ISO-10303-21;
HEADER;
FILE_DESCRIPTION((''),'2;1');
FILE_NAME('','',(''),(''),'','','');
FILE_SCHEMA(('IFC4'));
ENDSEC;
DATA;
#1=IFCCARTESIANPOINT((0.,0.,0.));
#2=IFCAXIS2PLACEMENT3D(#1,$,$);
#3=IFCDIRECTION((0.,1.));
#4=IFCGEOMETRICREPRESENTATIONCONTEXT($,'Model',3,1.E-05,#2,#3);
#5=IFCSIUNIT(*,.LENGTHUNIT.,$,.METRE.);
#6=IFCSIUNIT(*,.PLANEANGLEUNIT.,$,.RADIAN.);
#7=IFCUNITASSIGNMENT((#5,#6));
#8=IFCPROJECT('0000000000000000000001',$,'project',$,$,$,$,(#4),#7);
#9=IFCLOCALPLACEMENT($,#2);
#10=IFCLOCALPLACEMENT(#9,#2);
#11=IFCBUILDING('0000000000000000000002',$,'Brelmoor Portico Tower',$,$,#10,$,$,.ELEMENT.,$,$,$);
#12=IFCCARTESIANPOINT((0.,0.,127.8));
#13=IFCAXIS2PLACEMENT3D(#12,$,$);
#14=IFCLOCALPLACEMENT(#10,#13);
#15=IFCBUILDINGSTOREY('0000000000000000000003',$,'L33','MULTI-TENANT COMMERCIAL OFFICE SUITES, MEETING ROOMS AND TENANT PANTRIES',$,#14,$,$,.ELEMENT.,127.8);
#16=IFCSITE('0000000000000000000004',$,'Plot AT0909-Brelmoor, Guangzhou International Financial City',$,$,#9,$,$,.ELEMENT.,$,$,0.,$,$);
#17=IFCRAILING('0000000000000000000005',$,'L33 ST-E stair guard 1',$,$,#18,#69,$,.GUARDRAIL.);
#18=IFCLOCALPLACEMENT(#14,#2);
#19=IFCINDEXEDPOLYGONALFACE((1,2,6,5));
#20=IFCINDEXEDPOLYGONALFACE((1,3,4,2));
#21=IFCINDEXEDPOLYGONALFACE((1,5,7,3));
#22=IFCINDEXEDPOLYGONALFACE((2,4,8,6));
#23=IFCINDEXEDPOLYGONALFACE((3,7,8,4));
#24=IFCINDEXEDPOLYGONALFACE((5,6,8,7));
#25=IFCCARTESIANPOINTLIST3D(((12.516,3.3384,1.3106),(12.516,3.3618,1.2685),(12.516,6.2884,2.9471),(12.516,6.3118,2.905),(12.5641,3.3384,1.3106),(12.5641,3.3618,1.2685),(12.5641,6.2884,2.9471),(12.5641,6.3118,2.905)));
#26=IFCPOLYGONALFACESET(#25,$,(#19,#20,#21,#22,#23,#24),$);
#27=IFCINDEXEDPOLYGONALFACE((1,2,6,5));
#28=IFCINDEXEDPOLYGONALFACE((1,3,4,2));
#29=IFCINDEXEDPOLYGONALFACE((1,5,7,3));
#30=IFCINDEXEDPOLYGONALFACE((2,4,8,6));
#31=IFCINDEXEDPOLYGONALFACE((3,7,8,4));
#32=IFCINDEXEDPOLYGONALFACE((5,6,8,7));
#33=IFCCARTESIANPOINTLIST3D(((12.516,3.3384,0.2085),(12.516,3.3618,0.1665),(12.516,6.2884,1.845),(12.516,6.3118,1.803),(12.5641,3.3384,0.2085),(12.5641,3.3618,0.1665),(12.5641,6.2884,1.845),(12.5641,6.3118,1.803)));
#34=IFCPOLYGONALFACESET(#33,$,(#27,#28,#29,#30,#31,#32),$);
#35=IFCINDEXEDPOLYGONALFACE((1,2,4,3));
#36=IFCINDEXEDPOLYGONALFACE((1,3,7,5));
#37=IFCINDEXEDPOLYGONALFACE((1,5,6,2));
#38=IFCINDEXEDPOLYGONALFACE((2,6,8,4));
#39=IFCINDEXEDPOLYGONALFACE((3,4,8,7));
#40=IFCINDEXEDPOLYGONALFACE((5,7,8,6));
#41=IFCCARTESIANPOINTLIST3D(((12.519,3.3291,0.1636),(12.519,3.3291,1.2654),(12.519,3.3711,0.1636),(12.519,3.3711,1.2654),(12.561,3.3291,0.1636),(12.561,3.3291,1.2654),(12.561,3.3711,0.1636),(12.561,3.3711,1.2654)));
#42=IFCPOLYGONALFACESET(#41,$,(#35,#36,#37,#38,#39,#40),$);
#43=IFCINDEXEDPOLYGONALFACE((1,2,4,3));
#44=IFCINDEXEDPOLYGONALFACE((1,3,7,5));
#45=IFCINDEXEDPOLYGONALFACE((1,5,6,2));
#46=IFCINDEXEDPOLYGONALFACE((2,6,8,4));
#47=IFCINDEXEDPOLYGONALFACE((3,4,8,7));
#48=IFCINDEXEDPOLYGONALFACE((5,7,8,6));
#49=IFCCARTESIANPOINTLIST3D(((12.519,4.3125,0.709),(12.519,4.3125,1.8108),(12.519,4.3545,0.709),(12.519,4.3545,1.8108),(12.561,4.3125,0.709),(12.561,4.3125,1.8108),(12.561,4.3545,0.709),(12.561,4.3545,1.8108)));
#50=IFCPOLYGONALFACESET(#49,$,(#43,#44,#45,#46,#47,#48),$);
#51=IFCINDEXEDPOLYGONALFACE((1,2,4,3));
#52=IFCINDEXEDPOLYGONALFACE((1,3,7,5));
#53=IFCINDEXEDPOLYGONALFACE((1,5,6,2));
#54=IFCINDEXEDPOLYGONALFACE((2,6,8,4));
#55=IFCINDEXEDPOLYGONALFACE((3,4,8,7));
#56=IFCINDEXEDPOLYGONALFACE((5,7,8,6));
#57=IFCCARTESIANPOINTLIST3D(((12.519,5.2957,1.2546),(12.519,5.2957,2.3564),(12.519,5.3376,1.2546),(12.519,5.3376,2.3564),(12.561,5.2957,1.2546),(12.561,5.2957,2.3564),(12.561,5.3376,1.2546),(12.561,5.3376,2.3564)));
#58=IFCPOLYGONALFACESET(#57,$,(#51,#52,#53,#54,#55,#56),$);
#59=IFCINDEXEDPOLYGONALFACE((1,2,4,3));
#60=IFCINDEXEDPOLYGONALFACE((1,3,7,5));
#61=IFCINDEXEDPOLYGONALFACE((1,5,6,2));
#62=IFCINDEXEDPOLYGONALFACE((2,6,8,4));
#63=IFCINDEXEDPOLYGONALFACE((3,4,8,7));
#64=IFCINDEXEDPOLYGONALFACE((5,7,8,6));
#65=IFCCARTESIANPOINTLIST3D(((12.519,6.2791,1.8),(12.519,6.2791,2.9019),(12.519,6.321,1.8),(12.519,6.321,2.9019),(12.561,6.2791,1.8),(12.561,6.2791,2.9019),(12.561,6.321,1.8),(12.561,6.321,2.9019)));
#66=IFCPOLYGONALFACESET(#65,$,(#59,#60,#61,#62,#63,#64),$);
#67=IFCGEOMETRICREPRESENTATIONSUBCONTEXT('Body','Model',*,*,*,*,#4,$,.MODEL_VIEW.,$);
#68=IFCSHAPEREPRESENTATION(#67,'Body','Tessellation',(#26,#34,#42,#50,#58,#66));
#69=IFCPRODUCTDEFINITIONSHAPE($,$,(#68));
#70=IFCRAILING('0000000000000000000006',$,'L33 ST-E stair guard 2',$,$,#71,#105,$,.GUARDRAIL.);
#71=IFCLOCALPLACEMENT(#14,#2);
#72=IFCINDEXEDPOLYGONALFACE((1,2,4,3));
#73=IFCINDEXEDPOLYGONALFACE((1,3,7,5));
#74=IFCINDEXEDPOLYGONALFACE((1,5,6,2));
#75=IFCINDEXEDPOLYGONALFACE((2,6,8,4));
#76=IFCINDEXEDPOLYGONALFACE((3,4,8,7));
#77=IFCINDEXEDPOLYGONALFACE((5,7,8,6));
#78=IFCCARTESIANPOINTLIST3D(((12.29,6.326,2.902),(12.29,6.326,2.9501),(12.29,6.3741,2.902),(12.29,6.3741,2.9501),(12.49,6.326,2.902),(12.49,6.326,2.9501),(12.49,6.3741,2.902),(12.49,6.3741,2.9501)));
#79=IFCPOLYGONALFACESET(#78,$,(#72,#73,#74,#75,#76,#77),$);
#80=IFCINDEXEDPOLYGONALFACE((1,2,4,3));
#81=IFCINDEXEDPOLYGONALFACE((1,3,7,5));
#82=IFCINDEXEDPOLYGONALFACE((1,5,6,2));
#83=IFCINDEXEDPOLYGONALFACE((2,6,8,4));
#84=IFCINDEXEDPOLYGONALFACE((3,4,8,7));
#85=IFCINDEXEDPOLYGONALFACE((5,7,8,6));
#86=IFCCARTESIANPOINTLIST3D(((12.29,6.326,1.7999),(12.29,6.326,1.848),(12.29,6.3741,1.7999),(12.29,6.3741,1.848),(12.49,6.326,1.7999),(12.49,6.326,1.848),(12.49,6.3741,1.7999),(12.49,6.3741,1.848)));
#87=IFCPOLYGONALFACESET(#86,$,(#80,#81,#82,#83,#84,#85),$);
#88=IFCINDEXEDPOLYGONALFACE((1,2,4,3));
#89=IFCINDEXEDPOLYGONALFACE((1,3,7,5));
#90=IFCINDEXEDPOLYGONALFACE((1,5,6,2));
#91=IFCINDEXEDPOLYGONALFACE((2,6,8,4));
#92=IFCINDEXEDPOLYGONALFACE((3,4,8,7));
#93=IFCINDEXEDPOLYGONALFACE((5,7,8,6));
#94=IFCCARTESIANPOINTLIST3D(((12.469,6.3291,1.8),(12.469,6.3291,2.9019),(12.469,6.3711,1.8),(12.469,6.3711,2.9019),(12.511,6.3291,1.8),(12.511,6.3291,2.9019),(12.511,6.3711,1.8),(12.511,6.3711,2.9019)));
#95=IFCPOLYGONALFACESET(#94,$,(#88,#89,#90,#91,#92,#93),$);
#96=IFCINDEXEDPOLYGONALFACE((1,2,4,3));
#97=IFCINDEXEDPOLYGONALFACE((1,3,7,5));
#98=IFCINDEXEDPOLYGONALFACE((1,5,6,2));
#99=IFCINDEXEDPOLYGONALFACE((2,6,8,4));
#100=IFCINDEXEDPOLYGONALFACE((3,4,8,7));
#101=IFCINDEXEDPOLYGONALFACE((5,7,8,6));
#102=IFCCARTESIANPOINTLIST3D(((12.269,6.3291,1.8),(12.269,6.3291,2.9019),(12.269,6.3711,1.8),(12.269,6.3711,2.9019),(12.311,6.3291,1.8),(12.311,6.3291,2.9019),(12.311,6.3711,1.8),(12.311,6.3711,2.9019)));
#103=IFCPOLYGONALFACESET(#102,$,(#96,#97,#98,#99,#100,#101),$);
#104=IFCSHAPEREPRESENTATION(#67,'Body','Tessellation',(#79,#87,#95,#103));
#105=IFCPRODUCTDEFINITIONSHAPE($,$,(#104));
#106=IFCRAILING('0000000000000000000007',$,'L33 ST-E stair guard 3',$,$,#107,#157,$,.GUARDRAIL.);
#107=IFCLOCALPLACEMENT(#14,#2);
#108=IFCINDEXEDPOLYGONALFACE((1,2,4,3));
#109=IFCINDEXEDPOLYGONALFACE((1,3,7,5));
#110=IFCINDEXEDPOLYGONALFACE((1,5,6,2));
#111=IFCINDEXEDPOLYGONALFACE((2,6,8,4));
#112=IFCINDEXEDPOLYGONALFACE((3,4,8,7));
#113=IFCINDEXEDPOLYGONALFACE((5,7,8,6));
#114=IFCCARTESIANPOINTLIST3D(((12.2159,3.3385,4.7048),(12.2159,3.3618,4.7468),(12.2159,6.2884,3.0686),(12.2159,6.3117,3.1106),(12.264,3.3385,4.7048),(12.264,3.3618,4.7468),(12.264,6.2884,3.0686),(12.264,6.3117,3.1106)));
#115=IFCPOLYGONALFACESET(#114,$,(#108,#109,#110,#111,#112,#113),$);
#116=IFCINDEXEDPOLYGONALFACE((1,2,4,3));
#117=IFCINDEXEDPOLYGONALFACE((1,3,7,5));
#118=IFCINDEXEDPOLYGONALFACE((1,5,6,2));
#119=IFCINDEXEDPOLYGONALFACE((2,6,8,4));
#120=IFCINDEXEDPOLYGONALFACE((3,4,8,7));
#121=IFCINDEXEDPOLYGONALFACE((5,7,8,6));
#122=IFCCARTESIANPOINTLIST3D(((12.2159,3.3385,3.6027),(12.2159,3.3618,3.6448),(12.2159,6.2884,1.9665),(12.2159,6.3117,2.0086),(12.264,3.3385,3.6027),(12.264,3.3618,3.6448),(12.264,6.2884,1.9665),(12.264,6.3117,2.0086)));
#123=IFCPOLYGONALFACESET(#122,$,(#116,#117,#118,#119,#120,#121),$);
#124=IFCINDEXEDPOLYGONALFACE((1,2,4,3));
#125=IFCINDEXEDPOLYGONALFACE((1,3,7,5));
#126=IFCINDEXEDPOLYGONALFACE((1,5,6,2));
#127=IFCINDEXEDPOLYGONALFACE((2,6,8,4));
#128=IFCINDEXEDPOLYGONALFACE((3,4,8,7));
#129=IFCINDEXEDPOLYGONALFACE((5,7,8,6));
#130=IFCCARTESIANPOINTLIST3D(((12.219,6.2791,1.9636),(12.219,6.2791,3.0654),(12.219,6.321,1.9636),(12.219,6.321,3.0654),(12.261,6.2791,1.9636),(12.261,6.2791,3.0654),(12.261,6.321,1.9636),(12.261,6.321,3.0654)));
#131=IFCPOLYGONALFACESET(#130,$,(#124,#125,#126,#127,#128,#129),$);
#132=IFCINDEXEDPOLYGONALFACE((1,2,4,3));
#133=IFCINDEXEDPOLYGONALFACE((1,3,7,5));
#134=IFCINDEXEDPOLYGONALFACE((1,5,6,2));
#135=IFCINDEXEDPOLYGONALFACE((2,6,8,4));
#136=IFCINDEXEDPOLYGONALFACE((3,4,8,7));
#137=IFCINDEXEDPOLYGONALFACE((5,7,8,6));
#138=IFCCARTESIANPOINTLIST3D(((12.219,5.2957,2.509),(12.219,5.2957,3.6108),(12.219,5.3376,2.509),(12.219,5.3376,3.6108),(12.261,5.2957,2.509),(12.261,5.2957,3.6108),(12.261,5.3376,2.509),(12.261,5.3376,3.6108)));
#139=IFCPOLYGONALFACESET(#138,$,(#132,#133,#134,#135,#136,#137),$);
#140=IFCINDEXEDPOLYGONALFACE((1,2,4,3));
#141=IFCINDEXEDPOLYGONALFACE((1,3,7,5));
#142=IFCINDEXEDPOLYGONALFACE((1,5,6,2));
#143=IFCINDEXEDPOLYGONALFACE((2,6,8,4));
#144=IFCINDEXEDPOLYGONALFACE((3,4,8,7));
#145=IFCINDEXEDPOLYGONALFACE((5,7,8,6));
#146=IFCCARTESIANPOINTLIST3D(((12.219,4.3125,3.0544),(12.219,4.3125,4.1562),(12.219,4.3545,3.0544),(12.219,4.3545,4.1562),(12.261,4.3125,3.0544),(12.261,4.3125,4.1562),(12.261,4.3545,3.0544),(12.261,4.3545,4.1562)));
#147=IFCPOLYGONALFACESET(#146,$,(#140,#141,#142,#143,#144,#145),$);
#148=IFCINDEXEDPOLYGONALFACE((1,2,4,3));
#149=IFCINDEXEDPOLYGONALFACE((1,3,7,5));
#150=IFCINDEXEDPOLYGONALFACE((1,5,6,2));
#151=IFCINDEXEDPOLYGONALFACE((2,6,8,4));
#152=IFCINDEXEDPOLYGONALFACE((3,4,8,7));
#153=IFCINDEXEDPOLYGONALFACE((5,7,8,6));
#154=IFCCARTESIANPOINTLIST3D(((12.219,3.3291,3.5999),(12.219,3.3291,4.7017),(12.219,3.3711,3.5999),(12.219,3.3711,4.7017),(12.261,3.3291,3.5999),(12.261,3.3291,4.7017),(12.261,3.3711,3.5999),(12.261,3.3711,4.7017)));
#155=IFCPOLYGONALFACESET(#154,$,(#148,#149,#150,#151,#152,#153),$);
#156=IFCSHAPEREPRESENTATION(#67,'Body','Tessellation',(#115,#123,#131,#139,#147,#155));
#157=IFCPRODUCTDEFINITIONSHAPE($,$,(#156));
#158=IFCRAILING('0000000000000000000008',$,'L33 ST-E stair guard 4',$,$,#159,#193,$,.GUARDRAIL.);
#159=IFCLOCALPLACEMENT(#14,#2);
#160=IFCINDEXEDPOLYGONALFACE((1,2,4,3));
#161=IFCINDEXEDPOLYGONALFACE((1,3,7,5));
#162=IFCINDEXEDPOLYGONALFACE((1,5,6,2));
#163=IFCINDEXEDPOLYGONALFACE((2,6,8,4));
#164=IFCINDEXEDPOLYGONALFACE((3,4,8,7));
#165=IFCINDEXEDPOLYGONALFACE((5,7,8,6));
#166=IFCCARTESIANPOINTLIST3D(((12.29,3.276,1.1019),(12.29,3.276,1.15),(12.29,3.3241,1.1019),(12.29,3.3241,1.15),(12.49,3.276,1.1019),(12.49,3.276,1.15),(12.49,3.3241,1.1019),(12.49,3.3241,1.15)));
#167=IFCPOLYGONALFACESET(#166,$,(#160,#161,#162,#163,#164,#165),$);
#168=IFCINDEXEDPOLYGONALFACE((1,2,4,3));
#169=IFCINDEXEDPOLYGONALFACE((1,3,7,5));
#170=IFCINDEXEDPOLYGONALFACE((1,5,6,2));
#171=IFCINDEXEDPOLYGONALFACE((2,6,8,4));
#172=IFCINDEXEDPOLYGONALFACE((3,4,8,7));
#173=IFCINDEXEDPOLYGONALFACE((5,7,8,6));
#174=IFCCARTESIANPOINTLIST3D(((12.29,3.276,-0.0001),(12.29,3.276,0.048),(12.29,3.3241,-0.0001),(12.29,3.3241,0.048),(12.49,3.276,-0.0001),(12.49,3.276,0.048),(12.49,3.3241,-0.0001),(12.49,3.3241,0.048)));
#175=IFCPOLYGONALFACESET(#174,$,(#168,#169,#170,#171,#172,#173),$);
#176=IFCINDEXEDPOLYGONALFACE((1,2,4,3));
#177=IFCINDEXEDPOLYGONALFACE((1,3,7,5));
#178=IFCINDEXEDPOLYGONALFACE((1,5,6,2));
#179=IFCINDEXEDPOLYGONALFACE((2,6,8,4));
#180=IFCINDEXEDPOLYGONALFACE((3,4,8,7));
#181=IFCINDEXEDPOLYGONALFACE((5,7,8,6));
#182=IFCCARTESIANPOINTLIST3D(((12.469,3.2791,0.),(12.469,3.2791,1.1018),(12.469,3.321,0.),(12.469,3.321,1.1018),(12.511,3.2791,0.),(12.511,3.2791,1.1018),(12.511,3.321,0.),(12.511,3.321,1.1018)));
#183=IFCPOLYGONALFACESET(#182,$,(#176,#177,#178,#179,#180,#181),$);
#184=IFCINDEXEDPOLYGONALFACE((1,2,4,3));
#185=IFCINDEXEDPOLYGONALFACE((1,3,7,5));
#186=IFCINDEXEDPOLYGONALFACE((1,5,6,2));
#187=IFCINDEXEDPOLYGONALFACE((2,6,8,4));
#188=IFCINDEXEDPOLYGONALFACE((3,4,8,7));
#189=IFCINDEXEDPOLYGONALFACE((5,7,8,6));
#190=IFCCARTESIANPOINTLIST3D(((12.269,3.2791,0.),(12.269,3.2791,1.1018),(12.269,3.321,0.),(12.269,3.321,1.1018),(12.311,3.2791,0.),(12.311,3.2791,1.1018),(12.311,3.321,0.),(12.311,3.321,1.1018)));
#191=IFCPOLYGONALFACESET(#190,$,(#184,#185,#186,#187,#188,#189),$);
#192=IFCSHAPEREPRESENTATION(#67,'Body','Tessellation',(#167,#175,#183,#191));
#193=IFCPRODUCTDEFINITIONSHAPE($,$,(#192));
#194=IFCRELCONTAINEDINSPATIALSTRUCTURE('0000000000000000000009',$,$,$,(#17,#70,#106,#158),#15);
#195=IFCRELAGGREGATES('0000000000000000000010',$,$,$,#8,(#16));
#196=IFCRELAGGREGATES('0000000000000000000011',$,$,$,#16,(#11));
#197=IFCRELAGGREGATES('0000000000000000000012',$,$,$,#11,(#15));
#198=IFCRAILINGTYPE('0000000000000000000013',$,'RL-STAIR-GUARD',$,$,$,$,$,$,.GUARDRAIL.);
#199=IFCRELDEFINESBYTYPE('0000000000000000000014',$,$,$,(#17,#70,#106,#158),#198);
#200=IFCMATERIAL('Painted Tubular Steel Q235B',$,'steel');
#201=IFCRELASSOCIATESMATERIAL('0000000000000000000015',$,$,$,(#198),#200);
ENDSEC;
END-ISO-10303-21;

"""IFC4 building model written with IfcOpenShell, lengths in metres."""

from ifc_helpers import new_model, si_unit, direction, frame, origin, origin_2d, place, context, subcontext, project, spatial, rectangle, extrude, material, type_object, element, save


model = new_model("IFC4")

# Units and contexts
model_context = context("Model", 3, precision=1e-05, world=origin(), true_north=direction((0.0, 1.0)))
body_context = subcontext(model_context, "Body", "Model", "MODEL_VIEW")
ifc_project = project(units=[si_unit("LENGTHUNIT", "METRE"), si_unit("PLANEANGLEUNIT", "RADIAN")], contexts=[model_context])

# Site, building, storey
site_placement = place(None, origin())
site = spatial("IfcSite", under=ifc_project, at=site_placement, Name="Plot AT0909-Brelmoor, Guangzhou International Financial City", CompositionType="ELEMENT", RefElevation=0.0)
building_placement = place(site_placement, origin())
building = spatial("IfcBuilding", under=site, at=building_placement, Name="Brelmoor Portico Tower", CompositionType="ELEMENT")
storey_placement = place(building_placement, frame((0.0, 0.0, 127.8)))
storey = spatial("IfcBuildingStorey", under=building, at=storey_placement, Name="L33", Description="MULTI-TENANT COMMERCIAL OFFICE SUITES, MEETING ROOMS AND TENANT PANTRIES", CompositionType="ELEMENT", Elevation=127.8)

# Railings
ifc_material_1 = material(Name="Painted Tubular Steel Q235B", Category="steel")
railing_type_1 = type_object("IfcRailingType", Name="RL-STAIR-GUARD", PredefinedType="GUARDRAIL", material=ifc_material_1)
railing_1_placement = place(storey_placement, frame((12.54, 3.3501, 0.1636)))
element("IfcRailing", 1, at=railing_1_placement, inside=storey, type_object=railing_type_1, Name="L33 ST-E stair guard 1", PredefinedType="GUARDRAIL", context=body_context, shape_type="SweptSolid", body=[
    extrude(rectangle(XDim=0.0481, YDim=0.0481, at=origin_2d()), frame((0.0, 0.0, 1.126), z_axis=(0.0, 0.874458, 0.485102), x_axis=(-1.0, 0.0, 0.0)), (0.0, 0.0, 1.0), 3.3735),
    extrude(rectangle(XDim=0.0481, YDim=0.0481, at=origin_2d()), frame((0.0, 0.0, 0.0239), z_axis=(0.0, 0.874458, 0.485102), x_axis=(-1.0, 0.0, 0.0)), (0.0, 0.0, 1.0), 3.3735),
    extrude(rectangle(XDim=0.042, YDim=0.042, at=origin_2d()), origin(), (0.0, 0.0, 1.0), 1.1018),
    extrude(rectangle(XDim=0.042, YDim=0.042, at=origin_2d()), frame((0.0, 0.9834, 0.5454)), (0.0, 0.0, 1.0), 1.1018),
    extrude(rectangle(XDim=0.042, YDim=0.042, at=origin_2d()), frame((0.0, 1.9666, 1.0911)), (0.0, 0.0, 1.0), 1.1018),
    extrude(rectangle(XDim=0.042, YDim=0.042, at=origin_2d()), frame((0.0, 2.95, 1.6365)), (0.0, 0.0, 1.0), 1.1018),
])
railing_2_placement = place(storey_placement, frame((12.49, 6.3501, 1.8)))
element("IfcRailing", 2, at=railing_2_placement, inside=storey, type_object=railing_type_1, Name="L33 ST-E stair guard 2", PredefinedType="GUARDRAIL", context=body_context, shape_type="SweptSolid", body=[
    extrude(rectangle(XDim=0.0481, YDim=0.0481, at=origin_2d()), frame((0.0, 0.0, 1.126), z_axis=(-1.0, 0.0, 0.0), x_axis=(0.0, -1.0, 0.0)), (0.0, 0.0, 1.0), 0.2),
    extrude(rectangle(XDim=0.0481, YDim=0.0481, at=origin_2d()), frame((0.0, 0.0, 0.0239), z_axis=(-1.0, 0.0, 0.0), x_axis=(0.0, -1.0, 0.0)), (0.0, 0.0, 1.0), 0.2),
    extrude(rectangle(XDim=0.042, YDim=0.042, at=origin_2d()), origin(), (0.0, 0.0, 1.0), 1.1018),
    extrude(rectangle(XDim=0.042, YDim=0.042, at=origin_2d()), frame((-0.2, 0.0, 0.0)), (0.0, 0.0, 1.0), 1.1018),
])
railing_3_placement = place(storey_placement, frame((12.24, 6.3, 1.9636)))
element("IfcRailing", 3, at=railing_3_placement, inside=storey, type_object=railing_type_1, Name="L33 ST-E stair guard 3", PredefinedType="GUARDRAIL", context=body_context, shape_type="SweptSolid", body=[
    extrude(rectangle(XDim=0.0481, YDim=0.0481, at=origin_2d()), frame((0.0, 0.0, 1.126), z_axis=(0.0, -0.874488, 0.485047), x_axis=(1.0, 0.0, 0.0)), (0.0, 0.0, 1.0), 3.3733),
    extrude(rectangle(XDim=0.0481, YDim=0.0481, at=origin_2d()), frame((0.0, 0.0, 0.0239), z_axis=(0.0, -0.874488, 0.485047), x_axis=(1.0, 0.0, 0.0)), (0.0, 0.0, 1.0), 3.3733),
    extrude(rectangle(XDim=0.042, YDim=0.042, at=origin_2d()), origin(), (0.0, 0.0, 1.0), 1.1018),
    extrude(rectangle(XDim=0.042, YDim=0.042, at=origin_2d()), frame((0.0, -0.9834, 0.5454)), (0.0, 0.0, 1.0), 1.1018),
    extrude(rectangle(XDim=0.042, YDim=0.042, at=origin_2d()), frame((0.0, -1.9666, 1.0908)), (0.0, 0.0, 1.0), 1.1018),
    extrude(rectangle(XDim=0.042, YDim=0.042, at=origin_2d()), frame((0.0, -2.95, 1.6362)), (0.0, 0.0, 1.0), 1.1018),
])
railing_4_placement = place(storey_placement, frame((12.49, 3.3, 0.0)))
element("IfcRailing", 4, at=railing_4_placement, inside=storey, type_object=railing_type_1, Name="L33 ST-E stair guard 4", PredefinedType="GUARDRAIL", context=body_context, shape_type="SweptSolid", body=[
    extrude(rectangle(XDim=0.0481, YDim=0.0481, at=origin_2d()), frame((0.0, 0.0, 1.126), z_axis=(-1.0, 0.0, 0.0), x_axis=(0.0, -1.0, 0.0)), (0.0, 0.0, 1.0), 0.2),
    extrude(rectangle(XDim=0.0481, YDim=0.0481, at=origin_2d()), frame((0.0, 0.0, 0.0239), z_axis=(-1.0, 0.0, 0.0), x_axis=(0.0, -1.0, 0.0)), (0.0, 0.0, 1.0), 0.2),
    extrude(rectangle(XDim=0.042, YDim=0.042, at=origin_2d()), origin(), (0.0, 0.0, 1.0), 1.1018),
    extrude(rectangle(XDim=0.042, YDim=0.042, at=origin_2d()), frame((-0.2, 0.0, 0.0)), (0.0, 0.0, 1.0), 1.1018),
])

save(model, "model.ifc")
